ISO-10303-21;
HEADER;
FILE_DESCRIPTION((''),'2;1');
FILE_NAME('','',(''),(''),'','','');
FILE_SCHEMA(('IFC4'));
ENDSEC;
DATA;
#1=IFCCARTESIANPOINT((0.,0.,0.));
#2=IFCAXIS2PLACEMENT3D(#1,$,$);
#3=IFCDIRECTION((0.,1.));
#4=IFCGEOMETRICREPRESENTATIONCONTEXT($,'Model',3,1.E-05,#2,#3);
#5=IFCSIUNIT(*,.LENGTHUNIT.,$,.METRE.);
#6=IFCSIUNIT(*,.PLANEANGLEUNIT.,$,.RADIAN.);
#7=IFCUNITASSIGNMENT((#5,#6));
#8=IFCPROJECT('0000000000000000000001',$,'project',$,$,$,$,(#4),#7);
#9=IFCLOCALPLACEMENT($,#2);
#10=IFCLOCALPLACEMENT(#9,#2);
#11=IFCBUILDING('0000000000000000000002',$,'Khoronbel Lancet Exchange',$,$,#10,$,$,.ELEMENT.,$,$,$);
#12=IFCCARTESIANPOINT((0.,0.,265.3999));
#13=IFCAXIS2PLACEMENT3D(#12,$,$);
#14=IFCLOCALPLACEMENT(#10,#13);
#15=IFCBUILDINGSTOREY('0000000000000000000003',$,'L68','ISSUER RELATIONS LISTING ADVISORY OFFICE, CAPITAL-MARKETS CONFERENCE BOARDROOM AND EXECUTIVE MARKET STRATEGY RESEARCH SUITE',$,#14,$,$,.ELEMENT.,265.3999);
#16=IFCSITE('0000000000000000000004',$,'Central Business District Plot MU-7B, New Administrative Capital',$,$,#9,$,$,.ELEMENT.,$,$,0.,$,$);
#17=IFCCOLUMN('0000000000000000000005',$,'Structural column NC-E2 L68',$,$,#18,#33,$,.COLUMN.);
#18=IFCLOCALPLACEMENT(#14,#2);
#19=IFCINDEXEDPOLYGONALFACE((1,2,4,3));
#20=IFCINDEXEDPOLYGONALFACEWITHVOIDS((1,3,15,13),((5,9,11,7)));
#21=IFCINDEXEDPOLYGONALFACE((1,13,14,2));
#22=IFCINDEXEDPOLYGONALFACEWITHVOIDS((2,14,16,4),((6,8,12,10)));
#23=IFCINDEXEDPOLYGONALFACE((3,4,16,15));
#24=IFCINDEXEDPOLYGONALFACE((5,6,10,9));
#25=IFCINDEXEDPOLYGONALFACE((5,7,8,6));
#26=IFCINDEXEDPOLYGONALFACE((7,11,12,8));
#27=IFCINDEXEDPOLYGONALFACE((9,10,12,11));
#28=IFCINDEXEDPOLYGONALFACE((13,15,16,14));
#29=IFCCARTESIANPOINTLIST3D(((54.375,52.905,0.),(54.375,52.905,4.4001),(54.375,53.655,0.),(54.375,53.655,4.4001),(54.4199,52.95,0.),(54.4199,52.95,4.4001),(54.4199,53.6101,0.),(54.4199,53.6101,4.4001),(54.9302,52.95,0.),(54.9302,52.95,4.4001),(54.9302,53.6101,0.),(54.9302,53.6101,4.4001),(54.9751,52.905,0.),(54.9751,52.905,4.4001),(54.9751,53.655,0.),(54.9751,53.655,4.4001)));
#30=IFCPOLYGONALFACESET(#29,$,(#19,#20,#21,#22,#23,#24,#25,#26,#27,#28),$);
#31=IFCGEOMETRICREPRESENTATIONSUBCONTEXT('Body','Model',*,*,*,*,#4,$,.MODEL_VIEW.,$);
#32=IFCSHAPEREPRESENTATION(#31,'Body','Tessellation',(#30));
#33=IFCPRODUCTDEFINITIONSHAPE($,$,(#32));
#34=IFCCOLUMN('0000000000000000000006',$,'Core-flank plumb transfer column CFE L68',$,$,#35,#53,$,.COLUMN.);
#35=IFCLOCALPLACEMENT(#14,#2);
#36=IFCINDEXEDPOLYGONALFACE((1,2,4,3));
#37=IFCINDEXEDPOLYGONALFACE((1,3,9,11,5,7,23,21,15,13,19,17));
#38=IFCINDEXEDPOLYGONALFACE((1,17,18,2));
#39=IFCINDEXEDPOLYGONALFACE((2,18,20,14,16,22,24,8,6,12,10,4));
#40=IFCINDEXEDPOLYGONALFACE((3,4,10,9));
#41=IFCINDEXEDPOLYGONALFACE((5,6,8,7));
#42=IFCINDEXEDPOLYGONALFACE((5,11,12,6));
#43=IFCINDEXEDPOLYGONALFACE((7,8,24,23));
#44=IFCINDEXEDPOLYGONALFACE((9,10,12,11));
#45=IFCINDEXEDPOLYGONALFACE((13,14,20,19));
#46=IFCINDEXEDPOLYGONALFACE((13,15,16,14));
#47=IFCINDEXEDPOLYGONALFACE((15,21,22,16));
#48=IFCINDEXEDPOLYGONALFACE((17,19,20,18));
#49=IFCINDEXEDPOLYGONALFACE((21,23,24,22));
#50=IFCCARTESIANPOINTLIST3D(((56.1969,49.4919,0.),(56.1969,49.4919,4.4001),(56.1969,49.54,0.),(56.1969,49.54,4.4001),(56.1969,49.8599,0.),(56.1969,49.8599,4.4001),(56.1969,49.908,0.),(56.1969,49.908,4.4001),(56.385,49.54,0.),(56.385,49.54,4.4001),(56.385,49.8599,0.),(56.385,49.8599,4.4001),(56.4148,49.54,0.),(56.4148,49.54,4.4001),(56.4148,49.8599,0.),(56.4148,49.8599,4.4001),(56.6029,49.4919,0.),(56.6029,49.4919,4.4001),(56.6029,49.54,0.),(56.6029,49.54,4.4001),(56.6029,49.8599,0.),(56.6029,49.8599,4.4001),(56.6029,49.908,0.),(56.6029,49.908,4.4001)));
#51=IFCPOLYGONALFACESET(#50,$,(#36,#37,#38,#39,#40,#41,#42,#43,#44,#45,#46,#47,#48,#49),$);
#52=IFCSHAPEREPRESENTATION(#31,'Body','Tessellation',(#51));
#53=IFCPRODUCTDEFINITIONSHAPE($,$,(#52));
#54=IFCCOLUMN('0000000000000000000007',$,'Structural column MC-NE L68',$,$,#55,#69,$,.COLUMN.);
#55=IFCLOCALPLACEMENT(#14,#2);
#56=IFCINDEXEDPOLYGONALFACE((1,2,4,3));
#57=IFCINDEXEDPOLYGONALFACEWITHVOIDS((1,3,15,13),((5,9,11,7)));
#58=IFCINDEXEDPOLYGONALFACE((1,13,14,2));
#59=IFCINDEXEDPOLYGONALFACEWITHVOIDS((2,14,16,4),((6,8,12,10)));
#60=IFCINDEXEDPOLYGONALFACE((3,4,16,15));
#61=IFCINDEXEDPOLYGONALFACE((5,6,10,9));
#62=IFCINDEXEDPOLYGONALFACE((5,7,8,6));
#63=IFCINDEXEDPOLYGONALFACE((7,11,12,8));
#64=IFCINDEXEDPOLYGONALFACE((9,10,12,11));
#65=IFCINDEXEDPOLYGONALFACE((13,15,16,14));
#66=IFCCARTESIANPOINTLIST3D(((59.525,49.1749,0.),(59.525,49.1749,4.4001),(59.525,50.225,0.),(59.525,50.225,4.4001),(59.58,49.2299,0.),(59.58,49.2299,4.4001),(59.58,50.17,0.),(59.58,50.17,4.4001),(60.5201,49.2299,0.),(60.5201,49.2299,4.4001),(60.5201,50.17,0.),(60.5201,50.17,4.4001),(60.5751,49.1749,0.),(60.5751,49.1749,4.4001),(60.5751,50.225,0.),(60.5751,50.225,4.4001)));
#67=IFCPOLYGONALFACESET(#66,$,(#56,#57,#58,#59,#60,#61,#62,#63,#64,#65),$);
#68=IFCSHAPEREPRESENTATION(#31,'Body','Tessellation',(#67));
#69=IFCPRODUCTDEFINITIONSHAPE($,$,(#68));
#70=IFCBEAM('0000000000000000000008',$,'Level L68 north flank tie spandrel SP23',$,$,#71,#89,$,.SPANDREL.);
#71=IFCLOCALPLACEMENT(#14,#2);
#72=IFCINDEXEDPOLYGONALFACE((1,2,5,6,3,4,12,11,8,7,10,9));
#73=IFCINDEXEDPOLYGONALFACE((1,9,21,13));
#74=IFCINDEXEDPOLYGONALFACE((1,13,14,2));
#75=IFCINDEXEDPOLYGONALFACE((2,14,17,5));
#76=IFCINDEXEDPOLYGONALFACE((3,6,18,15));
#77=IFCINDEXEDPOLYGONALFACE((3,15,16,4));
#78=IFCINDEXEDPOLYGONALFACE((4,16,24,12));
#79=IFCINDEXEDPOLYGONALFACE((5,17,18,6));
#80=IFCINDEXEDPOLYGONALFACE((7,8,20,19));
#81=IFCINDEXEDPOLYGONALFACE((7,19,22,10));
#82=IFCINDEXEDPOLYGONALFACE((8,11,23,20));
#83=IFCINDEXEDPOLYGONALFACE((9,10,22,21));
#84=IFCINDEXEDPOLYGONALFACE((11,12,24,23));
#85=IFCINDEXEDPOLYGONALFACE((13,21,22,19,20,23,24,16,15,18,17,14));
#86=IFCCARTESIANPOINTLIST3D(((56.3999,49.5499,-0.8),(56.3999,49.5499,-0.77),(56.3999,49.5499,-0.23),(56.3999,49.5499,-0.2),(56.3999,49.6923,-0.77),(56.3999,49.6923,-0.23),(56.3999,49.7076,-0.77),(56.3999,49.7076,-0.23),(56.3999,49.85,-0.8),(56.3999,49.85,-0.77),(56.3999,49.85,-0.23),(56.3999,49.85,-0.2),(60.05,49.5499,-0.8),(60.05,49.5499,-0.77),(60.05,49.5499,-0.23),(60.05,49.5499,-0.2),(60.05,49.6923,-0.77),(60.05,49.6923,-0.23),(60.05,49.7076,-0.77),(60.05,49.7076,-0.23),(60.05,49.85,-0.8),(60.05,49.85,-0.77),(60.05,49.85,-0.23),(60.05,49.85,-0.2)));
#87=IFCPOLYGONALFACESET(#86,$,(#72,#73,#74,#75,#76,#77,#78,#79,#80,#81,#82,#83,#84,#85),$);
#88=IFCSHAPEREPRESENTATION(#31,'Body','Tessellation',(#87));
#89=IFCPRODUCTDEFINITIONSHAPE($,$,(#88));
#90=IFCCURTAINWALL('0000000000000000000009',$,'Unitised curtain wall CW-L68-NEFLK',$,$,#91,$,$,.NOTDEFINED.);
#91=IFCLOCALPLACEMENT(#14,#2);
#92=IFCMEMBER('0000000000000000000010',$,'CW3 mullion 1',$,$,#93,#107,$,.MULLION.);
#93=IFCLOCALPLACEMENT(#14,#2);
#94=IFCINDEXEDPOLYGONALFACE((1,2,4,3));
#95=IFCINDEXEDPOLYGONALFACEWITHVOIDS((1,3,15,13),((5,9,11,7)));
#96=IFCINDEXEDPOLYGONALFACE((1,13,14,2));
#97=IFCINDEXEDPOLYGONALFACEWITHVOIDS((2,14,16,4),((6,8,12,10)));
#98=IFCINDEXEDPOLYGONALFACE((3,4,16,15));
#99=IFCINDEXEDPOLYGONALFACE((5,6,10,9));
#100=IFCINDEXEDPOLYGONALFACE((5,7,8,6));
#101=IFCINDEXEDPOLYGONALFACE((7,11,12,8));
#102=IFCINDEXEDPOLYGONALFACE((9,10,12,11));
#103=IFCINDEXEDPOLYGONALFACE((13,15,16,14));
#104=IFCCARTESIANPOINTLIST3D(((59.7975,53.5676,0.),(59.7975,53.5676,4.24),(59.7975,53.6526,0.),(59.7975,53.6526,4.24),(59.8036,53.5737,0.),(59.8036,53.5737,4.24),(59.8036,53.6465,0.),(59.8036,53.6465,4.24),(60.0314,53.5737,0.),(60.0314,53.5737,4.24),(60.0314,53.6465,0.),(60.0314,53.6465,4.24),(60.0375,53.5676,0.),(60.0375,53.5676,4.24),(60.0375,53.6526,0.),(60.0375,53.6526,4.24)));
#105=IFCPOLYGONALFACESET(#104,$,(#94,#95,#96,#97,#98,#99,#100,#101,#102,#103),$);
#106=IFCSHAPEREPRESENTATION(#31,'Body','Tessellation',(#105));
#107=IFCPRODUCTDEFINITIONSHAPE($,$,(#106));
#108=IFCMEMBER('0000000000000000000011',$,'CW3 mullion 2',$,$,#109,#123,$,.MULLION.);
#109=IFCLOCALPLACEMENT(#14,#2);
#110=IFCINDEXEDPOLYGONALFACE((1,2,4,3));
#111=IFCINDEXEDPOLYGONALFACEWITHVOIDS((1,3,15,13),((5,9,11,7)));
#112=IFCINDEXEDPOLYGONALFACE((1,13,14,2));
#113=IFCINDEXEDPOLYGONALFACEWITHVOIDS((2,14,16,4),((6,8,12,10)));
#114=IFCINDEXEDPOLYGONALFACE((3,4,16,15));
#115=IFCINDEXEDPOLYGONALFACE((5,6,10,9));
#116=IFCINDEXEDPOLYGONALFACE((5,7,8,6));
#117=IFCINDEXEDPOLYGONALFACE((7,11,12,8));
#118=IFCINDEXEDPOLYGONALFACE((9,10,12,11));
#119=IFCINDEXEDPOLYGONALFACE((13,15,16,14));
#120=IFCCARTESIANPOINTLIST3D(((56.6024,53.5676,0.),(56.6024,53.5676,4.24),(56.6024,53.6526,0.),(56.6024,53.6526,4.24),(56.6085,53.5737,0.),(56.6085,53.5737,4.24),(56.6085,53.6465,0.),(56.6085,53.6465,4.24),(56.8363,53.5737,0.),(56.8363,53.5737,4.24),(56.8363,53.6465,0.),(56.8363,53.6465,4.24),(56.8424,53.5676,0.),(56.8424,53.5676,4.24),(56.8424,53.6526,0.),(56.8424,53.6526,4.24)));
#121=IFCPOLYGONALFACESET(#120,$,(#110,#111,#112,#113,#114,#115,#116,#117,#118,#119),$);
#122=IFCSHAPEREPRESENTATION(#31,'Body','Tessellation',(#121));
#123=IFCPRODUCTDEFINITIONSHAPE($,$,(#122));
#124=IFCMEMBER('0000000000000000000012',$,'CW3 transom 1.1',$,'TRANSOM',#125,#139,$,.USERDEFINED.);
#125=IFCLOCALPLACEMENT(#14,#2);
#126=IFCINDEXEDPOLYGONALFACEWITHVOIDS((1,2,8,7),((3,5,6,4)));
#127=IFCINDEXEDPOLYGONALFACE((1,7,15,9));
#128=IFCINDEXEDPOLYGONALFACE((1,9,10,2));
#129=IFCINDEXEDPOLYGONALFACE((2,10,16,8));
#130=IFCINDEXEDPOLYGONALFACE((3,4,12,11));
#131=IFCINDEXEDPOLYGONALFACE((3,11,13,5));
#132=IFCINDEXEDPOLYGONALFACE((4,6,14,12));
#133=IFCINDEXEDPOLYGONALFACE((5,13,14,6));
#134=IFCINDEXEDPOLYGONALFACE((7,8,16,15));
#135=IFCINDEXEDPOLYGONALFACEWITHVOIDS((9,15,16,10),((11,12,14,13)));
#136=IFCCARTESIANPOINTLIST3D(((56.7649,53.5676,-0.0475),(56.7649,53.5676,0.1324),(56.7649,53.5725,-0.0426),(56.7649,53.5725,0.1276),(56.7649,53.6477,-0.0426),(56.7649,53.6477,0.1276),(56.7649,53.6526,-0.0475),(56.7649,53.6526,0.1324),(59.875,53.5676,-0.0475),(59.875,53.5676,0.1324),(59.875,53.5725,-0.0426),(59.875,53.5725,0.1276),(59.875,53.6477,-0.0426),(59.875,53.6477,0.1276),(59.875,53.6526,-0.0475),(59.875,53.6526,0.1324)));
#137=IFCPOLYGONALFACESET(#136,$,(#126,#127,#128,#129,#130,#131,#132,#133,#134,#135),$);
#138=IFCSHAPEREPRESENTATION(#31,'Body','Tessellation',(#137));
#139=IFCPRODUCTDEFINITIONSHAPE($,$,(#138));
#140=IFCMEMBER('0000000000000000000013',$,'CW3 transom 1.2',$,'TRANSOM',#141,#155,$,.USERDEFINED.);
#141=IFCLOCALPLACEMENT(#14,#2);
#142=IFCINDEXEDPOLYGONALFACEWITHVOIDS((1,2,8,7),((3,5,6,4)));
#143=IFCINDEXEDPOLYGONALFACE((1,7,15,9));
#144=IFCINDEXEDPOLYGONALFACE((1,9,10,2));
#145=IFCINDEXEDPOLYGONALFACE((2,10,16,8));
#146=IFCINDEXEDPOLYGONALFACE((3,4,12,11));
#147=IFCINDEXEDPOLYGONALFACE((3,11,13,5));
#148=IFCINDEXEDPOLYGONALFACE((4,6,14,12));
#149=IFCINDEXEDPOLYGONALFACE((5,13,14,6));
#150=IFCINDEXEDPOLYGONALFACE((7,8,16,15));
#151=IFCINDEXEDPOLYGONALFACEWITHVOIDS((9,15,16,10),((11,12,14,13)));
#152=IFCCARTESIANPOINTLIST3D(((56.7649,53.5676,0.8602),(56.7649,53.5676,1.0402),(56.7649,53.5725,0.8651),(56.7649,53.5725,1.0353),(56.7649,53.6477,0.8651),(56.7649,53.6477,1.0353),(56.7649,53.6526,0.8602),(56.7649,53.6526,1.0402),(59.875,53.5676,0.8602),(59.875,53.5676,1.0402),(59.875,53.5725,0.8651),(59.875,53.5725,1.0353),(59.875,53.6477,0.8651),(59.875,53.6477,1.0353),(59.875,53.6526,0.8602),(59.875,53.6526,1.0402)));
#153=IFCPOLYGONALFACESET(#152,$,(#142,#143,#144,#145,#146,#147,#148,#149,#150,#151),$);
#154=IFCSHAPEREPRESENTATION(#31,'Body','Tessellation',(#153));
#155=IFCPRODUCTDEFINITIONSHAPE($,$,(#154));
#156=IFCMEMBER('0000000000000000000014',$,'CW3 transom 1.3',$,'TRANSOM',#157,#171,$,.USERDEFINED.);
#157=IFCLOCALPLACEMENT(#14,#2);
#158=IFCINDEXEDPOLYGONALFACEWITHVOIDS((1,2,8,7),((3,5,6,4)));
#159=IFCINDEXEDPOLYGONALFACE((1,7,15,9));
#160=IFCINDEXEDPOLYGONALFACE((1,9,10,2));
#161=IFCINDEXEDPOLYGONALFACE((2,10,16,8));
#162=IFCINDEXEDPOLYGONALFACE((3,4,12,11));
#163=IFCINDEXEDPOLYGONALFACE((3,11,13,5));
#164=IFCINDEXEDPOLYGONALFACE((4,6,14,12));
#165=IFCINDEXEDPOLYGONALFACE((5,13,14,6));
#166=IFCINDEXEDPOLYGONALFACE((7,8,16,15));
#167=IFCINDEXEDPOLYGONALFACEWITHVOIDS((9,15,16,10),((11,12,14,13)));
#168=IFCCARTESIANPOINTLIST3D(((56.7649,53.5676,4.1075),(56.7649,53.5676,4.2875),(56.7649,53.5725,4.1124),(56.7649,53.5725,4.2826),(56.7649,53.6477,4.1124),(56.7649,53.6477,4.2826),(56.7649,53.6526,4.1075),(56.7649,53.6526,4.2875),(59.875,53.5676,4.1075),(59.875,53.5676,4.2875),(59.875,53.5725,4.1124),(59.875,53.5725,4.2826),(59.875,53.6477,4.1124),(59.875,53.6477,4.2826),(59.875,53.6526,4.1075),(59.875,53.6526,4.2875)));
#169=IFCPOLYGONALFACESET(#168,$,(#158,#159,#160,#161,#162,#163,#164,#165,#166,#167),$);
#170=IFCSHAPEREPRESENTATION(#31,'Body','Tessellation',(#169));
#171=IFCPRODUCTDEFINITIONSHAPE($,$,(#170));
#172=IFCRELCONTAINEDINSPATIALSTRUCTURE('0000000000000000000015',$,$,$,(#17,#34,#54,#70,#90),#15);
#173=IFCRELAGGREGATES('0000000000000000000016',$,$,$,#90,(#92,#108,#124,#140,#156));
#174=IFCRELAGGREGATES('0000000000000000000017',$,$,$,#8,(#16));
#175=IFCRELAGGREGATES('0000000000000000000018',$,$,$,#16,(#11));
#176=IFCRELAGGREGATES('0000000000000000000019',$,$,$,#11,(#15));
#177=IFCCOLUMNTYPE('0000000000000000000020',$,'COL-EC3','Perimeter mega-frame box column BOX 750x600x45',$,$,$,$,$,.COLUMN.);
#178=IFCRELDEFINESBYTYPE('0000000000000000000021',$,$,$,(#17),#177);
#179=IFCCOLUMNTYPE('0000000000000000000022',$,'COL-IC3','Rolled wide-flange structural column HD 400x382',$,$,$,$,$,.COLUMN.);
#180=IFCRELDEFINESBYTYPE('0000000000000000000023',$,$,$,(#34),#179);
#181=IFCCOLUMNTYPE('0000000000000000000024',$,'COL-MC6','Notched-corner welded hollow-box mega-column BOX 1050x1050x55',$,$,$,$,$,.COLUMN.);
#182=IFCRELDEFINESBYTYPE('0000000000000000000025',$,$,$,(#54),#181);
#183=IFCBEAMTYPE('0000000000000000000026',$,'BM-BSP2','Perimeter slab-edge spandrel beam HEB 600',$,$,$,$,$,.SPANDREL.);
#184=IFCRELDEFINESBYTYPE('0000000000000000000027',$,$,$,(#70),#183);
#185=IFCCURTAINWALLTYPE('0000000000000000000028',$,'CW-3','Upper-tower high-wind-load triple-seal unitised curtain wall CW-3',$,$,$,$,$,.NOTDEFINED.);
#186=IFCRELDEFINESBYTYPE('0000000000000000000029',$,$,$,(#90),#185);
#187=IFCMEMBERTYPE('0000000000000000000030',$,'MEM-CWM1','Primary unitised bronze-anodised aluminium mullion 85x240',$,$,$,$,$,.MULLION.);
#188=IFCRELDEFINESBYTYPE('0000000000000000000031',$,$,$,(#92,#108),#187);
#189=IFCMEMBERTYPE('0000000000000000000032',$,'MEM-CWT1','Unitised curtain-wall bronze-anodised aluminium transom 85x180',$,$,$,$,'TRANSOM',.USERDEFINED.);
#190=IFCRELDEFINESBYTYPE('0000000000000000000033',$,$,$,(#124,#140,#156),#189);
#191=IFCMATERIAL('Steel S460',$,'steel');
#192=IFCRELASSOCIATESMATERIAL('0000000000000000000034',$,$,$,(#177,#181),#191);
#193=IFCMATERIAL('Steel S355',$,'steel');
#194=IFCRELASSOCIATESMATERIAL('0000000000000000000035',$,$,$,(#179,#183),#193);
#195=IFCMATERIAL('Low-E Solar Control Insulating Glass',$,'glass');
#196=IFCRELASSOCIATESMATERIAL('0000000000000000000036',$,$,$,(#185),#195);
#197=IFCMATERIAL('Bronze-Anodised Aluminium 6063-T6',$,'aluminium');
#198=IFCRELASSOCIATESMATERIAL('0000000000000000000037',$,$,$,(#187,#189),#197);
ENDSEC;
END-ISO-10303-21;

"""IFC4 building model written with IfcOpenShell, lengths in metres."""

from ifc_helpers import new_model, si_unit, direction, frame, origin, origin_2d, place, context, subcontext, project, spatial, hollow_rectangle, i_section, extrude, material, material_profile, profile_set, type_object, element, aggregate, save


model = new_model("IFC4")

# Units and contexts
model_context = context("Model", 3, precision=1e-05, world=origin(), true_north=direction((0.0, 1.0)))
body_context = subcontext(model_context, "Body", "Model", "MODEL_VIEW")
ifc_project = project(units=[si_unit("LENGTHUNIT", "METRE"), si_unit("PLANEANGLEUNIT", "RADIAN")], contexts=[model_context])

# Site, building, storey
site_placement = place(None, origin())
site = spatial("IfcSite", under=ifc_project, at=site_placement, Name="Central Business District Plot MU-7B, New Administrative Capital", CompositionType="ELEMENT", RefElevation=0.0)
building_placement = place(site_placement, origin())
building = spatial("IfcBuilding", under=site, at=building_placement, Name="Khoronbel Lancet Exchange", CompositionType="ELEMENT")
storey_placement = place(building_placement, frame((0.0, 0.0, 265.3999)))
storey = spatial("IfcBuildingStorey", under=building, at=storey_placement, Name="L68", Description="ISSUER RELATIONS LISTING ADVISORY OFFICE, CAPITAL-MARKETS CONFERENCE BOARDROOM AND EXECUTIVE MARKET STRATEGY RESEARCH SUITE", CompositionType="ELEMENT", Elevation=265.3999)

# Columns
ifc_material_1 = material(Name="Steel S460", Category="steel")
ifc_material_profile_1 = material_profile(ifc_material_1, hollow_rectangle(XDim=0.6001, YDim=0.75, WallThickness=0.0449, at=origin_2d()), Name="BOX 750x600x45")
ifc_profile_set_1 = profile_set([ifc_material_profile_1], Name="Steel S460")
column_type_1 = type_object("IfcColumnType", Name="COL-EC3", Description="Perimeter mega-frame box column BOX 750x600x45", PredefinedType="COLUMN", material=ifc_profile_set_1)
column_1_placement = place(storey_placement, frame((54.675, 53.28, 0.0), z_axis=(0.0, 0.0, 1.0), x_axis=(1.0, 0.0, 0.0)))
element("IfcColumn", 1, at=column_1_placement, inside=storey, type_object=column_type_1, Name="Structural column NC-E2 L68", PredefinedType="COLUMN", context=body_context, shape_type="SweptSolid", body=[
    extrude(hollow_rectangle(XDim=0.6001, YDim=0.75, WallThickness=0.0449, at=origin_2d()), origin(), (0.0, 0.0, 1.0), 4.4001),
])
ifc_material_2 = material(Name="Steel S355", Category="steel")
ifc_material_profile_2 = material_profile(ifc_material_2, i_section(OverallWidth=0.406, OverallDepth=0.416, WebThickness=0.0298, FlangeThickness=0.0481, at=origin_2d()), Name="HD 400x382")
ifc_profile_set_2 = profile_set([ifc_material_profile_2], Name="Steel S355")
column_type_2 = type_object("IfcColumnType", Name="COL-IC3", Description="Rolled wide-flange structural column HD 400x382", PredefinedType="COLUMN", material=ifc_profile_set_2)
column_2_placement = place(storey_placement, frame((56.3999, 49.7, 0.0), z_axis=(0.0, 0.0, 1.0), x_axis=(1.0, 0.0, 0.0)))
element("IfcColumn", 2, at=column_2_placement, inside=storey, type_object=column_type_2, Name="Core-flank plumb transfer column CFE L68", PredefinedType="COLUMN", context=body_context, shape_type="SweptSolid", body=[
    extrude(i_section(OverallWidth=0.406, OverallDepth=0.416, WebThickness=0.0298, FlangeThickness=0.0481, at=origin_2d()), origin(), (0.0, 0.0, 1.0), 4.4001),
])
ifc_material_profile_3 = material_profile(ifc_material_1, hollow_rectangle(XDim=1.05, YDim=1.05, WallThickness=0.0549, at=origin_2d()), Name="BOX 1050x1050x55")
ifc_profile_set_3 = profile_set([ifc_material_profile_3], Name="Steel S460")
column_type_3 = type_object("IfcColumnType", Name="COL-MC6", Description="Notched-corner welded hollow-box mega-column BOX 1050x1050x55", PredefinedType="COLUMN", material=ifc_profile_set_3)
column_3_placement = place(storey_placement, frame((60.05, 49.7, 0.0), z_axis=(0.0, 0.0, 1.0), x_axis=(1.0, 0.0, 0.0)))
element("IfcColumn", 3, at=column_3_placement, inside=storey, type_object=column_type_3, Name="Structural column MC-NE L68", PredefinedType="COLUMN", context=body_context, shape_type="SweptSolid", body=[
    extrude(hollow_rectangle(XDim=1.05, YDim=1.05, WallThickness=0.0549, at=origin_2d()), origin(), (0.0, 0.0, 1.0), 4.4001),
])

# Beam
ifc_material_profile_4 = material_profile(ifc_material_2, i_section(OverallWidth=0.3, OverallDepth=0.6001, WebThickness=0.0154, FlangeThickness=0.03, at=origin_2d()), Name="HEB 600")
ifc_profile_set_4 = profile_set([ifc_material_profile_4], Name="Steel S355")
beam_type = type_object("IfcBeamType", Name="BM-BSP2", Description="Perimeter slab-edge spandrel beam HEB 600", PredefinedType="SPANDREL", material=ifc_profile_set_4)
beam_placement = place(storey_placement, frame((60.05, 49.7, -0.5), z_axis=(-1.0, 0.0, 0.0), x_axis=(0.0, -1.0, 0.0)))
element("IfcBeam", 4, at=beam_placement, inside=storey, type_object=beam_type, Name="Level L68 north flank tie spandrel SP23", PredefinedType="SPANDREL", context=body_context, shape_type="SweptSolid", body=[
    extrude(i_section(OverallWidth=0.3, OverallDepth=0.6001, WebThickness=0.0154, FlangeThickness=0.03, at=origin_2d()), origin(), (0.0, 0.0, 1.0), 3.6501),
])

# Curtain wall, members
ifc_material_3 = material(Name="Low-E Solar Control Insulating Glass", Category="glass")
curtain_wall_type = type_object("IfcCurtainWallType", Name="CW-3", Description="Upper-tower high-wind-load triple-seal unitised curtain wall CW-3", PredefinedType="NOTDEFINED", material=ifc_material_3)
curtain_wall_placement = place(storey_placement, origin())
curtain_wall = element("IfcCurtainWall", 5, at=curtain_wall_placement, inside=storey, type_object=curtain_wall_type, Name="Unitised curtain wall CW-L68-NEFLK", PredefinedType="NOTDEFINED")
ifc_material_4 = material(Name="Bronze-Anodised Aluminium 6063-T6", Category="aluminium")
ifc_material_profile_5 = material_profile(ifc_material_4, hollow_rectangle(XDim=0.085, YDim=0.24, WallThickness=0.0061, at=origin_2d()), Name="ALU MULLION 85x240")
ifc_profile_set_5 = profile_set([ifc_material_profile_5], Name="Bronze-Anodised Aluminium 6063-T6")
member_type_1 = type_object("IfcMemberType", Name="MEM-CWM1", Description="Primary unitised bronze-anodised aluminium mullion 85x240", PredefinedType="MULLION", material=ifc_profile_set_5)
member_1_placement = place(storey_placement, frame((59.9175, 53.6101, 0.0), z_axis=(0.0, 0.0, 1.0), x_axis=(0.0, -1.0, 0.0)))
member_1 = element("IfcMember", 6, at=member_1_placement, type_object=member_type_1, Name="CW3 mullion 1", PredefinedType="MULLION", context=body_context, shape_type="SweptSolid", body=[
    extrude(hollow_rectangle(XDim=0.085, YDim=0.24, WallThickness=0.0061, at=origin_2d()), origin(), (0.0, 0.0, 1.0), 4.24),
])
member_2_placement = place(storey_placement, frame((56.7224, 53.6101, 0.0), z_axis=(0.0, 0.0, 1.0), x_axis=(0.0, -1.0, 0.0)))
member_2 = element("IfcMember", 7, at=member_2_placement, type_object=member_type_1, Name="CW3 mullion 2", PredefinedType="MULLION", context=body_context, shape_type="SweptSolid", body=[
    extrude(hollow_rectangle(XDim=0.085, YDim=0.24, WallThickness=0.0061, at=origin_2d()), origin(), (0.0, 0.0, 1.0), 4.24),
])
ifc_material_profile_6 = material_profile(ifc_material_4, hollow_rectangle(XDim=0.085, YDim=0.1799, WallThickness=0.0049, at=origin_2d()), Name="ALU TRANSOM 85x180")
ifc_profile_set_6 = profile_set([ifc_material_profile_6], Name="Bronze-Anodised Aluminium 6063-T6")
member_type_2 = type_object("IfcMemberType", Name="MEM-CWT1", Description="Unitised curtain-wall bronze-anodised aluminium transom 85x180", ElementType="TRANSOM", PredefinedType="USERDEFINED", material=ifc_profile_set_6)
member_3_placement = place(storey_placement, frame((59.875, 53.6101, 0.0425), z_axis=(-1.0, 0.0, 0.0), x_axis=(0.0, -1.0, 0.0)))
member_3 = element("IfcMember", 8, at=member_3_placement, type_object=member_type_2, Name="CW3 transom 1.1", ObjectType="TRANSOM", PredefinedType="USERDEFINED", context=body_context, shape_type="SweptSolid", body=[
    extrude(hollow_rectangle(XDim=0.085, YDim=0.1799, WallThickness=0.0049, at=origin_2d()), origin(), (0.0, 0.0, 1.0), 3.1101),
])
member_4_placement = place(storey_placement, frame((59.875, 53.6101, 0.9502), z_axis=(-1.0, 0.0, 0.0), x_axis=(0.0, -1.0, 0.0)))
member_4 = element("IfcMember", 9, at=member_4_placement, type_object=member_type_2, Name="CW3 transom 1.2", ObjectType="TRANSOM", PredefinedType="USERDEFINED", context=body_context, shape_type="SweptSolid", body=[
    extrude(hollow_rectangle(XDim=0.085, YDim=0.1799, WallThickness=0.0049, at=origin_2d()), origin(), (0.0, 0.0, 1.0), 3.1101),
])
member_5_placement = place(storey_placement, frame((59.875, 53.6101, 4.1975), z_axis=(-1.0, 0.0, 0.0), x_axis=(0.0, -1.0, 0.0)))
member_5 = element("IfcMember", 10, at=member_5_placement, type_object=member_type_2, Name="CW3 transom 1.3", ObjectType="TRANSOM", PredefinedType="USERDEFINED", context=body_context, shape_type="SweptSolid", body=[
    extrude(hollow_rectangle(XDim=0.085, YDim=0.1799, WallThickness=0.0049, at=origin_2d()), origin(), (0.0, 0.0, 1.0), 3.1101),
])
aggregate(curtain_wall, [member_1, member_2, member_3, member_4, member_5])

save(model, "model.ifc")
